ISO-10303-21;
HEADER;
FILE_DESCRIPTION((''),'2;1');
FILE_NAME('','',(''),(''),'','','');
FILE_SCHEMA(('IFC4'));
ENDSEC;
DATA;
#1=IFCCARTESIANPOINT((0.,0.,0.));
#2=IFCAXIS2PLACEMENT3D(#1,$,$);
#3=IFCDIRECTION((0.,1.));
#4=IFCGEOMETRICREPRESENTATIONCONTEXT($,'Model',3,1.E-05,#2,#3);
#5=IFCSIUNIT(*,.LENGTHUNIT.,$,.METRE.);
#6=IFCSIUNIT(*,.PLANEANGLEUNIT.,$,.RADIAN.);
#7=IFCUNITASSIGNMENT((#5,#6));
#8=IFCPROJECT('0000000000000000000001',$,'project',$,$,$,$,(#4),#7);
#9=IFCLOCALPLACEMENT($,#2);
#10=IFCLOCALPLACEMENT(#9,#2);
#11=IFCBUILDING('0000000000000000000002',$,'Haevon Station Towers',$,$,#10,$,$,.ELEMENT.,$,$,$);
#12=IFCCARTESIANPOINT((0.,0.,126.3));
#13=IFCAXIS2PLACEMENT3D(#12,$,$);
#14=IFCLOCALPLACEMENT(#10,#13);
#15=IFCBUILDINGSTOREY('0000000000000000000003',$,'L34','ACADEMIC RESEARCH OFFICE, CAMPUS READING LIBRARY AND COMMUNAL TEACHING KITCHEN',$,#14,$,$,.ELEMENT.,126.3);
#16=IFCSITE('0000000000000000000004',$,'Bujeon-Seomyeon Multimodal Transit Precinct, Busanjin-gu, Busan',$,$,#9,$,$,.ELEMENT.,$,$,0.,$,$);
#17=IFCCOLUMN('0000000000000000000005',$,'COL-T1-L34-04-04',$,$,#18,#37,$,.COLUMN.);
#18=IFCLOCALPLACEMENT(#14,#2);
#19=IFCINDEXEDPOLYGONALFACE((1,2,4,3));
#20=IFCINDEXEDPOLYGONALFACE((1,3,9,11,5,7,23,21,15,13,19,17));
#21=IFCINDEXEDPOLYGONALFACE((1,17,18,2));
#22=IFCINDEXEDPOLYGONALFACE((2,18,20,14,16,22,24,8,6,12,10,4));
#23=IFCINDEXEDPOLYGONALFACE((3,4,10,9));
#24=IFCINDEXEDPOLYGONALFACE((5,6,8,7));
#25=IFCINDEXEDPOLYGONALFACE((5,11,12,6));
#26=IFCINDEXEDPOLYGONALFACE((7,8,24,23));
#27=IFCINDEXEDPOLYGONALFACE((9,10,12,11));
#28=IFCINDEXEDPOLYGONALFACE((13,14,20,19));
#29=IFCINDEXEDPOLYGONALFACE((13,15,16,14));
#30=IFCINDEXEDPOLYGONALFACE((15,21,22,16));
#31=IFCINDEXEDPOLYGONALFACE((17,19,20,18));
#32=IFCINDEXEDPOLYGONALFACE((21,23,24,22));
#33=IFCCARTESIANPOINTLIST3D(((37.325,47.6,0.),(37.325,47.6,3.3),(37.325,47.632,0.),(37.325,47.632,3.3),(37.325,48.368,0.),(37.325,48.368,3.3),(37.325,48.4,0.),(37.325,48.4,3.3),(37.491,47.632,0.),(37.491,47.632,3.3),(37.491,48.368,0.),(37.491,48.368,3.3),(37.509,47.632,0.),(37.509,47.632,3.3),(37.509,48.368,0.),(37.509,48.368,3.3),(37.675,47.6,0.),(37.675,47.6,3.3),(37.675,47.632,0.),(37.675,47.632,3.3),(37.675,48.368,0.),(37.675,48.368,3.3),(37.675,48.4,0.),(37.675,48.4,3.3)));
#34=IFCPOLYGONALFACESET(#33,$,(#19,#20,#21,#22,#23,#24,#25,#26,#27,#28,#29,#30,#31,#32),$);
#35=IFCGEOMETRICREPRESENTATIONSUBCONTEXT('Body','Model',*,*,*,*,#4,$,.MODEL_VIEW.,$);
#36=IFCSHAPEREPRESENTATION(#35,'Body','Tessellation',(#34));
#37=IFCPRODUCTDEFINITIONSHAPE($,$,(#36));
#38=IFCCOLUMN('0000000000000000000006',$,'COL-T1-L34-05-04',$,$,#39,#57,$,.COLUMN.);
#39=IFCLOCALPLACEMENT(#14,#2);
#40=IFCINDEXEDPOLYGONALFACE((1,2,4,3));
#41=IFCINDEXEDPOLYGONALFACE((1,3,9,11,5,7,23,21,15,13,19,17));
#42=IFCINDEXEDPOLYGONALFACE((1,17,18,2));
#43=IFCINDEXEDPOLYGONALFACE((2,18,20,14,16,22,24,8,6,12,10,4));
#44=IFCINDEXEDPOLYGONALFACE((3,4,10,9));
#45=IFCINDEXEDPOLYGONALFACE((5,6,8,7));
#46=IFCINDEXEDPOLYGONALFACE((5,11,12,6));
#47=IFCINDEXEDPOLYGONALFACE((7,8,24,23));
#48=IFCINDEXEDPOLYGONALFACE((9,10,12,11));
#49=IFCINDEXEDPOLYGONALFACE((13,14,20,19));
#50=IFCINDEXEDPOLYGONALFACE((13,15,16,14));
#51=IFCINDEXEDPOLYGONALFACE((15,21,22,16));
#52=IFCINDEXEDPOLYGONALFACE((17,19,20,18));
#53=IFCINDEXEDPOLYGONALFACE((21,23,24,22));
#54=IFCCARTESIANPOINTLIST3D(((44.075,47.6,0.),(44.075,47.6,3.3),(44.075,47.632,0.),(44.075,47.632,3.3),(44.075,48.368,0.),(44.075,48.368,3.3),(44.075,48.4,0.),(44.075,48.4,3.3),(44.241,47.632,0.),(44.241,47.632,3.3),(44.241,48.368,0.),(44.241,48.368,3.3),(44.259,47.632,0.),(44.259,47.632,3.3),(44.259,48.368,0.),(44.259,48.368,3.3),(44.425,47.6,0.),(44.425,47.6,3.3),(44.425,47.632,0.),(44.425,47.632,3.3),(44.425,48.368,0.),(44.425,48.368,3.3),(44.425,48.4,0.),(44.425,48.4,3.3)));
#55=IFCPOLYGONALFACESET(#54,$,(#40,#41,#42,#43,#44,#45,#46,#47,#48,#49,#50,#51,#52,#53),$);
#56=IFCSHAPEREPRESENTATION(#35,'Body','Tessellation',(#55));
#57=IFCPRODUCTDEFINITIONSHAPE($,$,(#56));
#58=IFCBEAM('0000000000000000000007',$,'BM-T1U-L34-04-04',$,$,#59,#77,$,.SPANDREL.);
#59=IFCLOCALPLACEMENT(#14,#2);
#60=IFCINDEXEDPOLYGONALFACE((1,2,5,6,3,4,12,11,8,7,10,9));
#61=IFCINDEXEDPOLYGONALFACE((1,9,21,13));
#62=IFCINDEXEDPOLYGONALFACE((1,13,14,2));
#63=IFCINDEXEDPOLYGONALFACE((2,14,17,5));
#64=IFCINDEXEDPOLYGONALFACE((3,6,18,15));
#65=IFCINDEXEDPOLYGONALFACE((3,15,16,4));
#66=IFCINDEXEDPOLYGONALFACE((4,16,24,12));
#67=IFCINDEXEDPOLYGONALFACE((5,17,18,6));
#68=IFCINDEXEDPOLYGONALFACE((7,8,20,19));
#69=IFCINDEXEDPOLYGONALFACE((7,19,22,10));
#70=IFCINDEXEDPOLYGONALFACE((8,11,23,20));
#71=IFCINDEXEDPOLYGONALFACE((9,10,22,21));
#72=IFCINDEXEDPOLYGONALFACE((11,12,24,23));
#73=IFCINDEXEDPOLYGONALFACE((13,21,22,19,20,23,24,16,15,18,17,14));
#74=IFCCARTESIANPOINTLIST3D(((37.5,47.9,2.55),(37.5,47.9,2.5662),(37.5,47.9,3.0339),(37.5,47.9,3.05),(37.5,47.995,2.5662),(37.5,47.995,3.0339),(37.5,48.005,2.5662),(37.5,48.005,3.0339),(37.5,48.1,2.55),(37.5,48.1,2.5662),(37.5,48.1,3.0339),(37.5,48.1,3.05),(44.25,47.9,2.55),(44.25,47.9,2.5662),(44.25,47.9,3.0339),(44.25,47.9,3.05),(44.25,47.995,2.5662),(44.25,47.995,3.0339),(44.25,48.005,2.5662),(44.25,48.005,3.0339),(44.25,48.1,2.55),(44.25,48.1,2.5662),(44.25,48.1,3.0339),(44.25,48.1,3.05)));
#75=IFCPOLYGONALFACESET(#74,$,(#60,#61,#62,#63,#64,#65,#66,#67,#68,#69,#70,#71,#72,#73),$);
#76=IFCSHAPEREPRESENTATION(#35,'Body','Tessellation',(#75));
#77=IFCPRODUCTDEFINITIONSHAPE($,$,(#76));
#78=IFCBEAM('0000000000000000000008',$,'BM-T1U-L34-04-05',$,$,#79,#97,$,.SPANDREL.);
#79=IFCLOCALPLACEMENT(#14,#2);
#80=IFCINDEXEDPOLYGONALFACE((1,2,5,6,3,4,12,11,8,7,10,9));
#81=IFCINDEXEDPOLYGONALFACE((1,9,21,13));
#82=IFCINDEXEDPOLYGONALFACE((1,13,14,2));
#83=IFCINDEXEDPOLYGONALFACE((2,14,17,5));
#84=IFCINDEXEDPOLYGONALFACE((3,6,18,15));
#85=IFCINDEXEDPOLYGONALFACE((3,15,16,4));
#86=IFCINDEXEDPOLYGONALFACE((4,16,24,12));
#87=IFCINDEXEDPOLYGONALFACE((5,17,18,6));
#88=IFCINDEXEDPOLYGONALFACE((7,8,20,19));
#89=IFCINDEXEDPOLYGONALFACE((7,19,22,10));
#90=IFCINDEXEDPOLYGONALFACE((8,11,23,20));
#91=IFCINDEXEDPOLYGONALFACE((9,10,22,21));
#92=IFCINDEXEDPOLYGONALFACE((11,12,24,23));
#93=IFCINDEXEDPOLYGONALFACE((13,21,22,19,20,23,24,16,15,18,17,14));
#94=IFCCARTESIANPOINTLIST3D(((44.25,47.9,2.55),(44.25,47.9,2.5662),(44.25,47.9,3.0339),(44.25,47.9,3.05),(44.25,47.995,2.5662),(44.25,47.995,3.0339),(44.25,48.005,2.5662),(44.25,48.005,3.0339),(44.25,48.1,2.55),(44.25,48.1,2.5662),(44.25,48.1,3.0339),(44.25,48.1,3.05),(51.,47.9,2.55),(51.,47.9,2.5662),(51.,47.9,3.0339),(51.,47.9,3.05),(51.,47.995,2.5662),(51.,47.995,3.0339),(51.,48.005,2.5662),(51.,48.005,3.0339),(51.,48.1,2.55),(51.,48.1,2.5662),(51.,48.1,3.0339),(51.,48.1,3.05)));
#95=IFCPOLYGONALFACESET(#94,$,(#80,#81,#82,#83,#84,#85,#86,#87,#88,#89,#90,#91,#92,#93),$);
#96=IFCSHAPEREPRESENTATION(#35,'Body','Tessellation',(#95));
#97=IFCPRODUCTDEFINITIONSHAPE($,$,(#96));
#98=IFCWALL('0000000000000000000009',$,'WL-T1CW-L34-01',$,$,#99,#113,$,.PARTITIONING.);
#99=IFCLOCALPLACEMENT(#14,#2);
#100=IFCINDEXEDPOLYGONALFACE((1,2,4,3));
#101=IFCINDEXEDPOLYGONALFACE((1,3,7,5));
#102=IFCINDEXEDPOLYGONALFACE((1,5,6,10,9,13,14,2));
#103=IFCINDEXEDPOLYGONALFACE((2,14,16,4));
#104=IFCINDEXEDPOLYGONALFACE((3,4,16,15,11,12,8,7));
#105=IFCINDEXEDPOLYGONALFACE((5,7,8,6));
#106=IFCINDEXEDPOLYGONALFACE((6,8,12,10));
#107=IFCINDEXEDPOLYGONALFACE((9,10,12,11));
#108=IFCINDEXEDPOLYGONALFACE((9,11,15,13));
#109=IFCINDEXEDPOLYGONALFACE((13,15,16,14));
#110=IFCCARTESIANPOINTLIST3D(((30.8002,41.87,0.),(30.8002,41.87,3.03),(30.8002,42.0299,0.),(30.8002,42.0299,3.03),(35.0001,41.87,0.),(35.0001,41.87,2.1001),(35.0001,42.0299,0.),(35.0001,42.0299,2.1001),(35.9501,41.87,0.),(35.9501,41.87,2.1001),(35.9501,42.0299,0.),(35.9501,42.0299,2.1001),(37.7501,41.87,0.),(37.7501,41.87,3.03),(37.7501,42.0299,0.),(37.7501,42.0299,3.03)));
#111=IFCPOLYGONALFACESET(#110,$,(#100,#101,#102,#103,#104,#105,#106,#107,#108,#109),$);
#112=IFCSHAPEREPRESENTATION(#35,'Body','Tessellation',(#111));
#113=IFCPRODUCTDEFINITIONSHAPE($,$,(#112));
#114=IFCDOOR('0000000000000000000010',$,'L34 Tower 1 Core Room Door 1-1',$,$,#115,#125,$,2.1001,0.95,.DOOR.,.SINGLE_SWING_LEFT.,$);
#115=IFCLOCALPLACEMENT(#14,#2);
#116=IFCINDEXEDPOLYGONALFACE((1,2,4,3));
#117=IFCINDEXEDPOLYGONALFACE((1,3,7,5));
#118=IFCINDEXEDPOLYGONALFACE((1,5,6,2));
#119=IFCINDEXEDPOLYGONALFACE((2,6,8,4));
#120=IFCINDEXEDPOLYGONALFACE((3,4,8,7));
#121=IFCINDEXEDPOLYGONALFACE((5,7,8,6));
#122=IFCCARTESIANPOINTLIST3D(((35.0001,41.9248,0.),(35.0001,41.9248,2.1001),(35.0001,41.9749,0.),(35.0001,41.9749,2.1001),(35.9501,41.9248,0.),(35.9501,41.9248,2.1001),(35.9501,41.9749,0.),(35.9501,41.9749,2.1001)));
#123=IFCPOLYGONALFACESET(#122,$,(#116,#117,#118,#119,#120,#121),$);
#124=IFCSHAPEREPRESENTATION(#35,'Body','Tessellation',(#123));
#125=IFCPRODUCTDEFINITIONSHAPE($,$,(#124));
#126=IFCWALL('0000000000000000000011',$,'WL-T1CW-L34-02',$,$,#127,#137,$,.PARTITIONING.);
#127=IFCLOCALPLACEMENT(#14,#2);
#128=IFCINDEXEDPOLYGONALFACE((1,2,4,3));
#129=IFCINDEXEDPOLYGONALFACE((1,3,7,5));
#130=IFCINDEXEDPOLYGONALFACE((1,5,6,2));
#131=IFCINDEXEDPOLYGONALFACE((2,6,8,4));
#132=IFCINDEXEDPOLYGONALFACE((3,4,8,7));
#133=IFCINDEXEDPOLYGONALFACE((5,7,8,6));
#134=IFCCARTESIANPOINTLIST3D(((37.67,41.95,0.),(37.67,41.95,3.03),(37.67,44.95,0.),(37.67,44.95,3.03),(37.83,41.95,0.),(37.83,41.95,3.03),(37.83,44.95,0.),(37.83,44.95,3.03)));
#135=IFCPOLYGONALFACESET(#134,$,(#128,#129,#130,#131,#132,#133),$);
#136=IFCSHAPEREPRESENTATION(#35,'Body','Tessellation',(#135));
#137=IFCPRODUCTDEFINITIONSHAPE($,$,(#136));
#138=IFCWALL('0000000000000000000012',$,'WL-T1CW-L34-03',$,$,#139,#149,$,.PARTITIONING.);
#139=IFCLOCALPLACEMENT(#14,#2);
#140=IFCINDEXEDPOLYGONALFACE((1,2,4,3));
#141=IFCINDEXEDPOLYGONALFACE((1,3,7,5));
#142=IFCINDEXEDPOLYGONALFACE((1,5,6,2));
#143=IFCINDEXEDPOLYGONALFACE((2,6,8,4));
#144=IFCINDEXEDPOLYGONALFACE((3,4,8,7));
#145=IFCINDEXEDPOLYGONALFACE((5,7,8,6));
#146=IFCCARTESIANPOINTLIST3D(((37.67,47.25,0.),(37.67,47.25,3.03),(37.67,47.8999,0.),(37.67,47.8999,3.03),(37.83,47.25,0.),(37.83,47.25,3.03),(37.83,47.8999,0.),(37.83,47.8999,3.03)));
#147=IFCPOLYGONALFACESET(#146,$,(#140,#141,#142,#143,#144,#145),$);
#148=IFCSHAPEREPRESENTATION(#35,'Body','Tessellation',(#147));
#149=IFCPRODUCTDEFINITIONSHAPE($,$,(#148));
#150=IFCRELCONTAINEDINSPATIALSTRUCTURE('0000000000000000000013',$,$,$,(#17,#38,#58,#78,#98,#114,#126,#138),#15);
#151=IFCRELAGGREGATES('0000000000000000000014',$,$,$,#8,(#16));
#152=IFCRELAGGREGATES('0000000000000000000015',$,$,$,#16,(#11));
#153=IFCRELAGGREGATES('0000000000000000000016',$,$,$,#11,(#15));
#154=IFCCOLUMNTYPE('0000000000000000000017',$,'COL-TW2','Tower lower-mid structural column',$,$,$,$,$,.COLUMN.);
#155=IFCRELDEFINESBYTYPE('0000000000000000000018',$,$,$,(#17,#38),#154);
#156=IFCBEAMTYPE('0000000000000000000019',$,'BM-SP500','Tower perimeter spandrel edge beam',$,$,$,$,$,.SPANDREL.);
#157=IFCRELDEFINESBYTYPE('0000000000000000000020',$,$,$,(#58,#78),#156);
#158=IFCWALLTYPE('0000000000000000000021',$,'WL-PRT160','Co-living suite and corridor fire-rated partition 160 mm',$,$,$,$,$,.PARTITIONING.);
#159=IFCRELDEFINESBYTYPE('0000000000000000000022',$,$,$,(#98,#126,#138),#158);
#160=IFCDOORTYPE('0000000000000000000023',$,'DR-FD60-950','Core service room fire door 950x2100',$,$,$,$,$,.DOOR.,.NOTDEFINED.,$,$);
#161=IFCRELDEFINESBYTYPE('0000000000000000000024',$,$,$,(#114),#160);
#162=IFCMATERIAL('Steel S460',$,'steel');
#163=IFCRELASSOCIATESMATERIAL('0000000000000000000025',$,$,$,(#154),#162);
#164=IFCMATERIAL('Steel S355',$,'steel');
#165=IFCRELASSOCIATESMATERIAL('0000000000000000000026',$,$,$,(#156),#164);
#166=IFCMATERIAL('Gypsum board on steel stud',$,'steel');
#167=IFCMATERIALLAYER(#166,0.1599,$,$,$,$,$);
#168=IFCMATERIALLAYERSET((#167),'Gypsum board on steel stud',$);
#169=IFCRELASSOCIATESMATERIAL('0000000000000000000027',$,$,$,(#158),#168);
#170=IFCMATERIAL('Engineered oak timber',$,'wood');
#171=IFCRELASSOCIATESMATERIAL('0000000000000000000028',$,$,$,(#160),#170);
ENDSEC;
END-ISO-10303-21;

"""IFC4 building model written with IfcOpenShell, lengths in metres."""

from ifc_helpers import new_model, si_unit, direction, frame, frame_2d, origin, origin_2d, place, context, subcontext, project, spatial, rectangle, i_section, extrude, material, layer, layer_set, material_profile, profile_set, type_object, element, fill, save


model = new_model("IFC4")

# Units and contexts
model_context = context("Model", 3, precision=1e-05, world=origin(), true_north=direction((0.0, 1.0)))
body_context = subcontext(model_context, "Body", "Model", "MODEL_VIEW")
ifc_project = project(units=[si_unit("LENGTHUNIT", "METRE"), si_unit("PLANEANGLEUNIT", "RADIAN")], contexts=[model_context])

# Site, building, storey
site_placement = place(None, origin())
site = spatial("IfcSite", under=ifc_project, at=site_placement, Name="Bujeon-Seomyeon Multimodal Transit Precinct, Busanjin-gu, Busan", CompositionType="ELEMENT", RefElevation=0.0)
building_placement = place(site_placement, origin())
building = spatial("IfcBuilding", under=site, at=building_placement, Name="Haevon Station Towers", CompositionType="ELEMENT")
storey_placement = place(building_placement, frame((0.0, 0.0, 126.3)))
storey = spatial("IfcBuildingStorey", under=building, at=storey_placement, Name="L34", Description="ACADEMIC RESEARCH OFFICE, CAMPUS READING LIBRARY AND COMMUNAL TEACHING KITCHEN", CompositionType="ELEMENT", Elevation=126.3)

# Columns
ifc_material_1 = material(Name="Steel S460", Category="steel")
ifc_material_profile_1 = material_profile(ifc_material_1, i_section(OverallWidth=0.3501, OverallDepth=0.8, WebThickness=0.0181, FlangeThickness=0.032, at=origin_2d()), Name="H-800x350x18x32")
ifc_profile_set_1 = profile_set([ifc_material_profile_1], Name="Steel S460")
column_type = type_object("IfcColumnType", Name="COL-TW2", Description="Tower lower-mid structural column", PredefinedType="COLUMN", material=ifc_profile_set_1)
for number, where, z_axis, x_axis, name in (
    (1, (37.5, 48.0, 0.0), (0.0, 0.0, 1.0), (1.0, 0.0, 0.0), "COL-T1-L34-04-04"),
    (2, (44.25, 48.0, 0.0), (0.0, 0.0, 1.0), (1.0, 0.0, 0.0), "COL-T1-L34-05-04"),
):
    element("IfcColumn", number, at=place(storey_placement, frame(where, z_axis=z_axis, x_axis=x_axis)), inside=storey, type_object=column_type, Name=name, PredefinedType="COLUMN", context=body_context, shape_type="SweptSolid", body=[
        extrude(i_section(OverallWidth=0.3501, OverallDepth=0.8, WebThickness=0.0181, FlangeThickness=0.032, at=origin_2d()), origin(), (0.0, 0.0, 1.0), 3.3),
    ])

# Beams
ifc_material_2 = material(Name="Steel S355", Category="steel")
ifc_material_profile_2 = material_profile(ifc_material_2, i_section(OverallWidth=0.2, OverallDepth=0.5, WebThickness=0.01, FlangeThickness=0.0161, at=origin_2d()), Name="H-500x200x10x16")
ifc_profile_set_2 = profile_set([ifc_material_profile_2], Name="Steel S355")
beam_type = type_object("IfcBeamType", Name="BM-SP500", Description="Tower perimeter spandrel edge beam", PredefinedType="SPANDREL", material=ifc_profile_set_2)
for number, where, z_axis, x_axis, name in (
    (3, (37.5, 48.0, 2.8), (1.0, 0.0, 0.0), (0.0, 1.0, 0.0), "BM-T1U-L34-04-04"),
    (4, (44.25, 48.0, 2.8), (1.0, 0.0, 0.0), (0.0, 1.0, 0.0), "BM-T1U-L34-04-05"),
):
    element("IfcBeam", number, at=place(storey_placement, frame(where, z_axis=z_axis, x_axis=x_axis)), inside=storey, type_object=beam_type, Name=name, PredefinedType="SPANDREL", context=body_context, shape_type="SweptSolid", body=[
        extrude(i_section(OverallWidth=0.2, OverallDepth=0.5, WebThickness=0.01, FlangeThickness=0.0161, at=origin_2d()), origin(), (0.0, 0.0, 1.0), 6.75),
    ])

# Wall, opening, door
ifc_material_3 = material(Name="Gypsum board on steel stud", Category="steel")
ifc_layer_1 = layer(ifc_material_3, 0.1599)
ifc_layer_set_1 = layer_set([ifc_layer_1], Name="Gypsum board on steel stud")
wall_type_1 = type_object("IfcWallType", Name="WL-PRT160", Description="Co-living suite and corridor fire-rated partition 160 mm", PredefinedType="PARTITIONING", material=ifc_layer_set_1)
wall_1_placement = place(storey_placement, frame((30.8, 41.95, 0.0), z_axis=(0.0, 0.0, 1.0), x_axis=(1.0, 0.0, 0.0)))
wall_1 = element("IfcWall", 5, at=wall_1_placement, inside=storey, type_object=wall_type_1, Name="WL-T1CW-L34-01", PredefinedType="PARTITIONING", context=body_context, shape_type="SweptSolid", body=[
    extrude(rectangle(XDim=6.95, YDim=0.1599, at=frame_2d((3.4751, 0.0))), origin(), (0.0, 0.0, 1.0), 3.03),
])
opening_1_placement = place(wall_1_placement, frame((4.2, 0.0, 0.0)))
opening_1 = element("IfcOpeningElement", 6, at=opening_1_placement, cuts=wall_1, PredefinedType="OPENING", context=body_context, shape_type="SweptSolid", body=[
    extrude(rectangle(XDim=0.95, YDim=2.1001, at=frame_2d((0.4751, 1.05))), frame((0.0, 0.0898, 0.0), z_axis=(0.0, -1.0, 0.0), x_axis=(1.0, 0.0, 0.0)), (0.0, 0.0, 1.0), 0.1799),
])
ifc_material_4 = material(Name="Engineered oak timber", Category="wood")
door_type_1 = type_object("IfcDoorType", Name="DR-FD60-950", Description="Core service room fire door 950x2100", OperationType="NOTDEFINED", PredefinedType="DOOR", material=ifc_material_4)
door_1_placement = place(opening_1_placement, origin())
door_1 = element("IfcDoor", 7, at=door_1_placement, inside=storey, type_object=door_type_1, Name="L34 Tower 1 Core Room Door 1-1", OperationType="SINGLE_SWING_LEFT", OverallHeight=2.1001, OverallWidth=0.95, PredefinedType="DOOR", context=body_context, shape_type="SweptSolid", body=[
    extrude(rectangle(XDim=0.95, YDim=2.1001, at=frame_2d((0.4751, 1.05))), frame((0.0, 0.0249, 0.0), z_axis=(0.0, -1.0, 0.0), x_axis=(1.0, 0.0, 0.0)), (0.0, 0.0, 1.0), 0.05),
])
fill(opening_1, door_1)

# Walls
wall_2_placement = place(storey_placement, frame((37.75, 41.95, 0.0), z_axis=(0.0, 0.0, 1.0), x_axis=(0.0, 1.0, 0.0)))
element("IfcWall", 8, at=wall_2_placement, inside=storey, type_object=wall_type_1, Name="WL-T1CW-L34-02", PredefinedType="PARTITIONING", context=body_context, shape_type="SweptSolid", body=[
    extrude(rectangle(XDim=3.0, YDim=0.1599, at=frame_2d((1.5, 0.0))), origin(), (0.0, 0.0, 1.0), 3.03),
])
wall_3_placement = place(storey_placement, frame((37.75, 47.25, 0.0), z_axis=(0.0, 0.0, 1.0), x_axis=(0.0, 1.0, 0.0)))
element("IfcWall", 9, at=wall_3_placement, inside=storey, type_object=wall_type_1, Name="WL-T1CW-L34-03", PredefinedType="PARTITIONING", context=body_context, shape_type="SweptSolid", body=[
    extrude(rectangle(XDim=0.6499, YDim=0.1599, at=frame_2d((0.325, 0.0))), origin(), (0.0, 0.0, 1.0), 3.03),
])

save(model, "model.ifc")
